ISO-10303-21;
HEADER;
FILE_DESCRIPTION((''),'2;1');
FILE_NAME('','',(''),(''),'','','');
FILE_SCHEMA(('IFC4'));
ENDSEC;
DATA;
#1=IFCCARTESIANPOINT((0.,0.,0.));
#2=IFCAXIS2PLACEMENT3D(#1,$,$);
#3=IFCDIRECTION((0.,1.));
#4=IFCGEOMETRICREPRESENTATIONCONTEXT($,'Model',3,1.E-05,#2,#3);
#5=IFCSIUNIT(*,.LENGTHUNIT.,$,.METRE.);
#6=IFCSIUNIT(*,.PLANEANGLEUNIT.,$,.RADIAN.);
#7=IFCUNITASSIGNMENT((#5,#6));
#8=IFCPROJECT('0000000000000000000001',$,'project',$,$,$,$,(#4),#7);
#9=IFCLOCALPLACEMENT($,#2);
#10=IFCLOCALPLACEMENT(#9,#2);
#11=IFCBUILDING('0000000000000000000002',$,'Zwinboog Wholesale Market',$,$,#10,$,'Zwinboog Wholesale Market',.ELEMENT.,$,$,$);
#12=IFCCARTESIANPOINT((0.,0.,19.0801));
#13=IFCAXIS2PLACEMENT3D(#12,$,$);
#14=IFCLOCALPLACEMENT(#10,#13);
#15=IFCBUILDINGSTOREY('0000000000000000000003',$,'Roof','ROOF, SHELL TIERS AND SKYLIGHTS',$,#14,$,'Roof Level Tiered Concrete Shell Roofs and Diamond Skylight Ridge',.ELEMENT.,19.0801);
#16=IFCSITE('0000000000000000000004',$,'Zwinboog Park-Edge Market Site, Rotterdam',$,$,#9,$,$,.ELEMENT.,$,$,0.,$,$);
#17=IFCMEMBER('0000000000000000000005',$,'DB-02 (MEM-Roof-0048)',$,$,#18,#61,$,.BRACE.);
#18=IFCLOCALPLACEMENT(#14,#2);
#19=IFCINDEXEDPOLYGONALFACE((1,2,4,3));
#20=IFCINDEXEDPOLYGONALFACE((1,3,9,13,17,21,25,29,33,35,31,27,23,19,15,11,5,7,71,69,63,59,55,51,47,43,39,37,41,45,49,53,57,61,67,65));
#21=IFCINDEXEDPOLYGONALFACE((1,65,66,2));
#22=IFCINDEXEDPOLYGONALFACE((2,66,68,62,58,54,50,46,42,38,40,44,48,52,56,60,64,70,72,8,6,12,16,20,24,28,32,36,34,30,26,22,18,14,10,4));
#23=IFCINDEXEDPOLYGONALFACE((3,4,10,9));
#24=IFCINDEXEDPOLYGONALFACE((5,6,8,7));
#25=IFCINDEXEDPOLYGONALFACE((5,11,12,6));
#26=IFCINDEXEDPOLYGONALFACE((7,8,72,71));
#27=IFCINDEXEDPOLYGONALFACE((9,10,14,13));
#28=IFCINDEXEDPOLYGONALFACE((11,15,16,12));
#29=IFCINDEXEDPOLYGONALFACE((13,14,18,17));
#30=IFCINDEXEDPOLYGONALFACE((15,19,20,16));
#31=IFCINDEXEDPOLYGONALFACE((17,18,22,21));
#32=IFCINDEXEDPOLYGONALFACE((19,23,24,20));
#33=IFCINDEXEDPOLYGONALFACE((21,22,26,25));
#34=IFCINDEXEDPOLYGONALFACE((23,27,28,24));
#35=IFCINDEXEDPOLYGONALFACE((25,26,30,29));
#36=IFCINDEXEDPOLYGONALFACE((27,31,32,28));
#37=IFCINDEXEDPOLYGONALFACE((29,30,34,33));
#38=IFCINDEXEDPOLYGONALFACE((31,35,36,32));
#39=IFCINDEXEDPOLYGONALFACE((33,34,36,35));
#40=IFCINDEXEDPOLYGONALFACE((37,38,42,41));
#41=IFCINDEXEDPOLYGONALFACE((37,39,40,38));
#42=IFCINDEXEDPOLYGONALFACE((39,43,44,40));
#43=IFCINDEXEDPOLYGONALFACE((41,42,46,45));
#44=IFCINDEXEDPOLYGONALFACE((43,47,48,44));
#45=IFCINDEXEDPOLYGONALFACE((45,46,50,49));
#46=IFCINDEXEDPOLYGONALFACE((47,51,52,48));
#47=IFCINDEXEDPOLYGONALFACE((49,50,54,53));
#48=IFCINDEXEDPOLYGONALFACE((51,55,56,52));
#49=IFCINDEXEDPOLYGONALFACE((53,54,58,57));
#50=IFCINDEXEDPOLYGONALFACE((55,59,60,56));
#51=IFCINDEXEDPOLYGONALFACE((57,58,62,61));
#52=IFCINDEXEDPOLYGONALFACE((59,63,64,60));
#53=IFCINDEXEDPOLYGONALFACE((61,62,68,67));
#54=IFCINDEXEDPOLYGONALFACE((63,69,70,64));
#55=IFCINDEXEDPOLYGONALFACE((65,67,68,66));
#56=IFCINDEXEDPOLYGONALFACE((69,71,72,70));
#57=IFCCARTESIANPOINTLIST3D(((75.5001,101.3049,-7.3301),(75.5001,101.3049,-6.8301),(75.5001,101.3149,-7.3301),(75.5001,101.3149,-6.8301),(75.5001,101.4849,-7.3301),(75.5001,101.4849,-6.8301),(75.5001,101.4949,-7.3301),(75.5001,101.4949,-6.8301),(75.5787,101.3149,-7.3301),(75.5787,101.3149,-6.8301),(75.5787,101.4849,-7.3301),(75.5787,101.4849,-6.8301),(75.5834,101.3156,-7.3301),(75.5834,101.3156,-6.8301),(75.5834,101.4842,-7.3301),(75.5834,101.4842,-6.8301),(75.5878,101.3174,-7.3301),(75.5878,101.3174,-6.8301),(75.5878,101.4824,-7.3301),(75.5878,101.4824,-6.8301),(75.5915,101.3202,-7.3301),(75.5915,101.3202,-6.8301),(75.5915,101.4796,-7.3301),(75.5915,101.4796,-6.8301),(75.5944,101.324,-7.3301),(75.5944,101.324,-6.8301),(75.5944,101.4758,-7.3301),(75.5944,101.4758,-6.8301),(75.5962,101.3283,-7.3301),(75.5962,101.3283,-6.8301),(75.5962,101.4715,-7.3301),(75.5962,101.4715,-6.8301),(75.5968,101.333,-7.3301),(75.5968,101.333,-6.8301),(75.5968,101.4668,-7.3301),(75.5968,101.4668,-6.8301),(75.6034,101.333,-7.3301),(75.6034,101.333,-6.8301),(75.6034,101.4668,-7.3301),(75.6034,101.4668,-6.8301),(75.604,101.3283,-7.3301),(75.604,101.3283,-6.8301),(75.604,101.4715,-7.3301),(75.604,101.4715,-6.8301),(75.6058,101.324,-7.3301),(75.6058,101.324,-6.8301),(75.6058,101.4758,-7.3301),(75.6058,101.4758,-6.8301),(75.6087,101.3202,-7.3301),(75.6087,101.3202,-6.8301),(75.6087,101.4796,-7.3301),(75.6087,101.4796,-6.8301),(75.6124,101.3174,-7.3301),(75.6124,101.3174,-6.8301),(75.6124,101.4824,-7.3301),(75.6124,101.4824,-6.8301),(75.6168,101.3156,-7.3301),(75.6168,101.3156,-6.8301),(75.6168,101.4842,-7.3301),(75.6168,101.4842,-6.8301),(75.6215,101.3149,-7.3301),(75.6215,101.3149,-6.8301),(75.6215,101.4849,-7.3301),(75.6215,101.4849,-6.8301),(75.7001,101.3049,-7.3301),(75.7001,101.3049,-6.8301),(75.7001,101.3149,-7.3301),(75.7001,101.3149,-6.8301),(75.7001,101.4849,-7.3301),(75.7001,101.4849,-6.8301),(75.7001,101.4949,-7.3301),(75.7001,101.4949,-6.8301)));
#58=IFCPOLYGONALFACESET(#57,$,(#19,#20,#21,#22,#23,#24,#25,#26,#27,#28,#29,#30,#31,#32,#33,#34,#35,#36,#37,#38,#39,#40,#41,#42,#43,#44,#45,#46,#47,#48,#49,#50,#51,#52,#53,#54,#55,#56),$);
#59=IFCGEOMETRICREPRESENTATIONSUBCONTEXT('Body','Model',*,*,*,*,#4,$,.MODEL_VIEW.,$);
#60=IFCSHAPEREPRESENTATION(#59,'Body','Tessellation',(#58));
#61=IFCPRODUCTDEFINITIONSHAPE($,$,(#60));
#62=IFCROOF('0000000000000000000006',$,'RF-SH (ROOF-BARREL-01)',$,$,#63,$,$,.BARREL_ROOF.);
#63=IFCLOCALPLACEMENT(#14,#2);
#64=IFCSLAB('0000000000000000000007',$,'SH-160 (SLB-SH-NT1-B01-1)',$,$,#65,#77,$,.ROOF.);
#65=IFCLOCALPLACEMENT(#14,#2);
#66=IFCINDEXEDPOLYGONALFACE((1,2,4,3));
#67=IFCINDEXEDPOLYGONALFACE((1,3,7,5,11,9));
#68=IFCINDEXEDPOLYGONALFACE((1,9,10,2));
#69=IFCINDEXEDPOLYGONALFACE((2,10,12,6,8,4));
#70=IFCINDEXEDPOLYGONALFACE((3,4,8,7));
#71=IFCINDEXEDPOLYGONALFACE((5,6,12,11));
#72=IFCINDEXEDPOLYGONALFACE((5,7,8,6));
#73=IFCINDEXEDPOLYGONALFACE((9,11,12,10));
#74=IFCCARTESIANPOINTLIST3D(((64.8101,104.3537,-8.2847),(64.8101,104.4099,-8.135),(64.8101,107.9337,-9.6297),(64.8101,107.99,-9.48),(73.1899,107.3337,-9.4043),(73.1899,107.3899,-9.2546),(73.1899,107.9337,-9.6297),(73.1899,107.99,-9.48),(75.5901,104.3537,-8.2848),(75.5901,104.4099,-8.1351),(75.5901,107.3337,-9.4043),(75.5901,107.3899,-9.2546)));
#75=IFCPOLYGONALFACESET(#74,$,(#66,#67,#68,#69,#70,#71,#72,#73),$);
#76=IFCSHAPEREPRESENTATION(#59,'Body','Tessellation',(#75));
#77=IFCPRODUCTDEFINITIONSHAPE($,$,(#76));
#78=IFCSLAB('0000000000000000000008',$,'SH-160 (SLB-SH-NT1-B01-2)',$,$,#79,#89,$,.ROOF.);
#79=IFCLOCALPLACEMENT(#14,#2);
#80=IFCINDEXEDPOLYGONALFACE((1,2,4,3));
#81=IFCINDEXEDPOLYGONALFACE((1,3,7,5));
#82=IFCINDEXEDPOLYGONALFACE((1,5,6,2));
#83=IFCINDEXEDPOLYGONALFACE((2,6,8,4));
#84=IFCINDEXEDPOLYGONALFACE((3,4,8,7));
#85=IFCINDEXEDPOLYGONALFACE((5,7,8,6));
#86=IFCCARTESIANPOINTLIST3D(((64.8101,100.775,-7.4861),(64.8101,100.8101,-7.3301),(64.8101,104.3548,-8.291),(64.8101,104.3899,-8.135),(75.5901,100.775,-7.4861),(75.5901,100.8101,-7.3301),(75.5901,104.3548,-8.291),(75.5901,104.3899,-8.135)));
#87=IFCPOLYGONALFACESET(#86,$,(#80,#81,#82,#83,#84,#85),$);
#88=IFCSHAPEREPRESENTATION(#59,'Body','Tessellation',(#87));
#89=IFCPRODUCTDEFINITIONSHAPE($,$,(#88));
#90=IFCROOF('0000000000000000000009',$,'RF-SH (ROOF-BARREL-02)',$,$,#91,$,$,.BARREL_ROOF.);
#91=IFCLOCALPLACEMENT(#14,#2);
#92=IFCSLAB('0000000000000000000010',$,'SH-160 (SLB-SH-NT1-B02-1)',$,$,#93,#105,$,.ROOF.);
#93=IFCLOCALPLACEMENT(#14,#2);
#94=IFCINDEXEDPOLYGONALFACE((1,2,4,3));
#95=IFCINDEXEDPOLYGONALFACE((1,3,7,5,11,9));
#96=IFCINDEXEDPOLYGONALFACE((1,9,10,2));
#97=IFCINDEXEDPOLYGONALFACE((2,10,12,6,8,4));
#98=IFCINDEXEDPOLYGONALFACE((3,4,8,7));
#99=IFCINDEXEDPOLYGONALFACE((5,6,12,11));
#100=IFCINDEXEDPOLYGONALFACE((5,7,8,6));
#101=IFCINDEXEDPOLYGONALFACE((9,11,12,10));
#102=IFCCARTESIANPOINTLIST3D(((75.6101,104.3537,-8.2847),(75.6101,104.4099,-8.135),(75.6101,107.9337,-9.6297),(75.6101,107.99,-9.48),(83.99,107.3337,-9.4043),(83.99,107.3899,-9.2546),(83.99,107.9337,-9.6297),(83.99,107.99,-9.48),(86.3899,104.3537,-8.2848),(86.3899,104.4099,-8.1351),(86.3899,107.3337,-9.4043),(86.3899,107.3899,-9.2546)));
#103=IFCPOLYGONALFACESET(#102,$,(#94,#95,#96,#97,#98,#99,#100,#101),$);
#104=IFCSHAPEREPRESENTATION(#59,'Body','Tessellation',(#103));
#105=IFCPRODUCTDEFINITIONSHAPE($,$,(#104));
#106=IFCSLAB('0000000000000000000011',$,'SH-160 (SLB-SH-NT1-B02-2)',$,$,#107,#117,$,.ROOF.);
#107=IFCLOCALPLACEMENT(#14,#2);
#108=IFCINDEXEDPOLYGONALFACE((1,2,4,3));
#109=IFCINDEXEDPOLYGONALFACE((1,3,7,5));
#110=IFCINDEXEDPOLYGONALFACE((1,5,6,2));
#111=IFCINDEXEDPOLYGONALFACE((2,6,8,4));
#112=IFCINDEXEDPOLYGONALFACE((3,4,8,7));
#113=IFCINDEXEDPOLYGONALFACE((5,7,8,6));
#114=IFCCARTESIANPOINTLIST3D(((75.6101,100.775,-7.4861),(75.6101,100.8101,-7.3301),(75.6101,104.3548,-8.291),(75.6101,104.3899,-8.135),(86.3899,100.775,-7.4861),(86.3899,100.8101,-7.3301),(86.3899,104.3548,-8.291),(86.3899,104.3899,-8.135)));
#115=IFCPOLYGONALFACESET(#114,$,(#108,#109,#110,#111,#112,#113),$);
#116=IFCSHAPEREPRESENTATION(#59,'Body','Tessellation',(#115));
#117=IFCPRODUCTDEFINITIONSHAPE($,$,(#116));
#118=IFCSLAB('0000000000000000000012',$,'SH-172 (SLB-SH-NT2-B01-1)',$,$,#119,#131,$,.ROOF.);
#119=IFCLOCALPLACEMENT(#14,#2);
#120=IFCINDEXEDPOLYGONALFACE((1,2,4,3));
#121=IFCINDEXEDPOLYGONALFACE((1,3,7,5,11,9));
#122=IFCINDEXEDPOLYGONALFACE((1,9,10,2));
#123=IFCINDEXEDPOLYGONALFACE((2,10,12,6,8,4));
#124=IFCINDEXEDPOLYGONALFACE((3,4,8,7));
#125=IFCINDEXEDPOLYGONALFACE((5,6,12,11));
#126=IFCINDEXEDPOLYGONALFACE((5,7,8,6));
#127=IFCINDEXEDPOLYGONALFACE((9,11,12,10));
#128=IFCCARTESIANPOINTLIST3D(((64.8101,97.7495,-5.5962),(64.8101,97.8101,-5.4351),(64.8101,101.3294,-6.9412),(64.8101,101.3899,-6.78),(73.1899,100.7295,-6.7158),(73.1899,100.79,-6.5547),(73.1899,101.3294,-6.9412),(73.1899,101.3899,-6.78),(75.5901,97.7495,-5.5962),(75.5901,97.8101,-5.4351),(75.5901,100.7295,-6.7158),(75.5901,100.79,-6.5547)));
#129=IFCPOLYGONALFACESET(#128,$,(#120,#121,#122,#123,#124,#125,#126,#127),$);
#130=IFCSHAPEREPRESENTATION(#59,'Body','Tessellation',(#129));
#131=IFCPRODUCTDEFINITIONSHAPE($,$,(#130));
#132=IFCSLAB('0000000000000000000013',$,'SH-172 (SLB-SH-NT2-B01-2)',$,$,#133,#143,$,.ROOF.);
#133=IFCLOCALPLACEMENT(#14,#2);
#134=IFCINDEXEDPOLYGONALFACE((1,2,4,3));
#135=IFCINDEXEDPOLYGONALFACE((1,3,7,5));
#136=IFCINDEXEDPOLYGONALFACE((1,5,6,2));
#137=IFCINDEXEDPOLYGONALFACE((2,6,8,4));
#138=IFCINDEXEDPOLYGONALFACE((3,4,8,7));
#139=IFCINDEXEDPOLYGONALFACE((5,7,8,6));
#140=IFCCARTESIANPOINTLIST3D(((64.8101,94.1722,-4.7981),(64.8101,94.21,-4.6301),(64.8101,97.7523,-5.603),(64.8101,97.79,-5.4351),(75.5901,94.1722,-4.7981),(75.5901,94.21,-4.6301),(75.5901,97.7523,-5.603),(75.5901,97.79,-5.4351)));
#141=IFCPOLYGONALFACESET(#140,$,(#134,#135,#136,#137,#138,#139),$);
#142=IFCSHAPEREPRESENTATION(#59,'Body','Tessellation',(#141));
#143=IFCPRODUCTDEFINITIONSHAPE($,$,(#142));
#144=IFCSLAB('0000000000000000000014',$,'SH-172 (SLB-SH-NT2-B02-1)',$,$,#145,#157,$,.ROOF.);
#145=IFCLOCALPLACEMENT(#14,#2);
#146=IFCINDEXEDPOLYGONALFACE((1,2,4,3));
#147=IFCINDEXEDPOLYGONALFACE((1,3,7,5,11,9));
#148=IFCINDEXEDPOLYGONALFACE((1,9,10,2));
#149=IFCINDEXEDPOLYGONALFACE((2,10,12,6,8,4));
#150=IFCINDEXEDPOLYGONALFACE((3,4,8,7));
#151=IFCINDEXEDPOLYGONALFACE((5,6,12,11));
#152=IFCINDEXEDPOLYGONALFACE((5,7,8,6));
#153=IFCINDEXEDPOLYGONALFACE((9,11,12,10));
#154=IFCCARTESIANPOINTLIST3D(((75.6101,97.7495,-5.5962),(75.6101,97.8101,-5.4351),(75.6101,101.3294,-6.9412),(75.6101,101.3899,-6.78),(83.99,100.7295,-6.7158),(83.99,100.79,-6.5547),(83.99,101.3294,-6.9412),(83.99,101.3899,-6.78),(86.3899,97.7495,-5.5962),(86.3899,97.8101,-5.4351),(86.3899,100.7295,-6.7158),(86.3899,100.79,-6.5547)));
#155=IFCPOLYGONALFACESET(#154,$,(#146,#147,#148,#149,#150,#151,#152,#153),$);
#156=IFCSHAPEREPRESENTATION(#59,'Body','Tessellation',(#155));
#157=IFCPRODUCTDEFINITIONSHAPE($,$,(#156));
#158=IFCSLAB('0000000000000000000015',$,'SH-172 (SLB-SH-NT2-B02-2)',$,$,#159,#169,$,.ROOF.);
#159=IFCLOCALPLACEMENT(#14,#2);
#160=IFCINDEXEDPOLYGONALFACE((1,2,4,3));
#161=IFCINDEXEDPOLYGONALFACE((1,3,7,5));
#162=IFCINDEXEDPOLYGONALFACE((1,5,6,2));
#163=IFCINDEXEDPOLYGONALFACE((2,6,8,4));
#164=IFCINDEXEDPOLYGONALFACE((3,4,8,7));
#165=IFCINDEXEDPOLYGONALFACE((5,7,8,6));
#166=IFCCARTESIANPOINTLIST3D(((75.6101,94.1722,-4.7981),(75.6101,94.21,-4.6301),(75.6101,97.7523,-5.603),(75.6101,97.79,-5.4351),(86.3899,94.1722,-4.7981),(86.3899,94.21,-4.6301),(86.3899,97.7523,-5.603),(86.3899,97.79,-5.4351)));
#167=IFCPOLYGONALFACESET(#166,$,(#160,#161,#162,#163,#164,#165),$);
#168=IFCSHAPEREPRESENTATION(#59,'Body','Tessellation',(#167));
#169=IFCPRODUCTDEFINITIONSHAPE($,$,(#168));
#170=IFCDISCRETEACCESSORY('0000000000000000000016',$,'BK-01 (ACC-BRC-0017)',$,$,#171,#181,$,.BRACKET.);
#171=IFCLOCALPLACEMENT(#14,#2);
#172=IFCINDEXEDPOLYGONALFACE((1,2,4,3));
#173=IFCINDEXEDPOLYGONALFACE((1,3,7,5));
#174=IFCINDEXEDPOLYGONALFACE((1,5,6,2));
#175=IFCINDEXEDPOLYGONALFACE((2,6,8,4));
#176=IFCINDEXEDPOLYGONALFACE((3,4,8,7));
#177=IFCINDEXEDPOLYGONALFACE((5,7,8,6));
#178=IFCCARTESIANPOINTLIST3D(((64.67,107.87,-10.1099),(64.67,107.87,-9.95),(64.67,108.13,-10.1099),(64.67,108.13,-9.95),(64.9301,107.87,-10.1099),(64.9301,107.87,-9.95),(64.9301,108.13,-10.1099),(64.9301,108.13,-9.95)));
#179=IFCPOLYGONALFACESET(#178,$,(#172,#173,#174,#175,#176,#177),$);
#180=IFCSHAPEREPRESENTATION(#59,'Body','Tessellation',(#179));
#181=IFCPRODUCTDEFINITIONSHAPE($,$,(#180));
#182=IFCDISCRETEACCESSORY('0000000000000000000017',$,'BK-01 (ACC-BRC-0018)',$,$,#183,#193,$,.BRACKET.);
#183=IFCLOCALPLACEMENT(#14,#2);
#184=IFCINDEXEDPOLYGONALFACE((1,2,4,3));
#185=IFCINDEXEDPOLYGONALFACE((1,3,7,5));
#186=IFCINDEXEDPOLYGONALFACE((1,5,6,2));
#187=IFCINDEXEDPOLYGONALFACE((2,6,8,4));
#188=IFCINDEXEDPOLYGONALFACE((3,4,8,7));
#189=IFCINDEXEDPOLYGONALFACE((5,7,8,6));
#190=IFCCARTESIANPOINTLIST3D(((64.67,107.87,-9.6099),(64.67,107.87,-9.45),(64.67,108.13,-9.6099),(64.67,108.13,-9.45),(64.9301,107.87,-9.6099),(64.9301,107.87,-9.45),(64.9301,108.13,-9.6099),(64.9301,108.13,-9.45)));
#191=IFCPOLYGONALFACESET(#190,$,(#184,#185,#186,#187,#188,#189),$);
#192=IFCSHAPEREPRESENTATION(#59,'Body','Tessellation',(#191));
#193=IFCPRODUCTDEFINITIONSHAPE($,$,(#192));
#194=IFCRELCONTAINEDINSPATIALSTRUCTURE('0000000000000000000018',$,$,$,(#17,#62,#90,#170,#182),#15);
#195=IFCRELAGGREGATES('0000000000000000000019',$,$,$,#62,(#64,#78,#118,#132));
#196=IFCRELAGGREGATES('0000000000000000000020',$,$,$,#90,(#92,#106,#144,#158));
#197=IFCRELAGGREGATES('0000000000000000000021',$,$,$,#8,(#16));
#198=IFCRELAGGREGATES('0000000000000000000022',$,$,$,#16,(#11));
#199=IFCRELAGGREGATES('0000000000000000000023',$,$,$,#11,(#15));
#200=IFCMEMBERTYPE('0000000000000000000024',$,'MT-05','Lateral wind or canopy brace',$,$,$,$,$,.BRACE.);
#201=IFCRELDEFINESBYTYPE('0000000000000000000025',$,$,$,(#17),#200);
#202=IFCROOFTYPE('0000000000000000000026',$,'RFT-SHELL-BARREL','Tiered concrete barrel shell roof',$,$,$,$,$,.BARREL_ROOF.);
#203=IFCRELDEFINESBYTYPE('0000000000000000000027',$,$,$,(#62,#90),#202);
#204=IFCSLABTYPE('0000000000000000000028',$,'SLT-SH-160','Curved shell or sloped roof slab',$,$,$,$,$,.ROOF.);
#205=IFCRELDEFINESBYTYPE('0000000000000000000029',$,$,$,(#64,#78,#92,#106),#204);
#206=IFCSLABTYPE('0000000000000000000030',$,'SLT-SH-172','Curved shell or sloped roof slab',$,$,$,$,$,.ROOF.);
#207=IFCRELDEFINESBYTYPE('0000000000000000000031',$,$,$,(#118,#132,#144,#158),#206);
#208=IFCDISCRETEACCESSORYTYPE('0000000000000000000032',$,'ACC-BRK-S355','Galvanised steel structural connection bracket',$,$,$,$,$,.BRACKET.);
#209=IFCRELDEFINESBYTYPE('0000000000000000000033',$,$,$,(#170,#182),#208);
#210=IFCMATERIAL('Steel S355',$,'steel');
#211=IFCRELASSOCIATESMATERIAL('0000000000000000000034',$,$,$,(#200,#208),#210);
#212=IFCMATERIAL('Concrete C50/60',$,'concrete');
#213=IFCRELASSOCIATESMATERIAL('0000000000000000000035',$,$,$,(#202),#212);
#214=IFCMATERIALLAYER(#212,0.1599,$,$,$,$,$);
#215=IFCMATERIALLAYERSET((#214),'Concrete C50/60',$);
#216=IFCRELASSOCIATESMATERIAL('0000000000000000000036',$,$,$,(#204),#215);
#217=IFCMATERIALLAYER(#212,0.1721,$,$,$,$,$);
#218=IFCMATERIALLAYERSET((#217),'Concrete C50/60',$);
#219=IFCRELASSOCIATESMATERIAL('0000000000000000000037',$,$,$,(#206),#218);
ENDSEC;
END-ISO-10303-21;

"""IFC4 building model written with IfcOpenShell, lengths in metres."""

from ifc_helpers import new_model, si_unit, direction, frame, origin, origin_2d, place, context, subcontext, project, spatial, polyline, rectangle, i_section, outline, extrude, material, layer, layer_set, material_profile, profile_set, type_object, element, aggregate, save


model = new_model("IFC4")

# Units and contexts
model_context = context("Model", 3, precision=1e-05, world=origin(), true_north=direction((0.0, 1.0)))
body_context = subcontext(model_context, "Body", "Model", "MODEL_VIEW")
ifc_project = project(units=[si_unit("LENGTHUNIT", "METRE"), si_unit("PLANEANGLEUNIT", "RADIAN")], contexts=[model_context])

# Site, building, storey
site_placement = place(None, origin())
site = spatial("IfcSite", under=ifc_project, at=site_placement, Name="Zwinboog Park-Edge Market Site, Rotterdam", CompositionType="ELEMENT", RefElevation=0.0)
building_placement = place(site_placement, origin())
building = spatial("IfcBuilding", under=site, at=building_placement, Name="Zwinboog Wholesale Market", LongName="Zwinboog Wholesale Market", CompositionType="ELEMENT")
storey_placement = place(building_placement, frame((0.0, 0.0, 19.0801)))
storey = spatial("IfcBuildingStorey", under=building, at=storey_placement, Name="Roof", Description="ROOF, SHELL TIERS AND SKYLIGHTS", LongName="Roof Level Tiered Concrete Shell Roofs and Diamond Skylight Ridge", CompositionType="ELEMENT", Elevation=19.0801)

# Member
ifc_material_1 = material(Name="Steel S355", Category="steel")
ifc_material_profile_1 = material_profile(ifc_material_1, i_section(OverallWidth=0.2, OverallDepth=0.1899, WebThickness=0.0066, FlangeThickness=0.01, FilletRadius=0.0181, at=origin_2d()), Name="HEA 200")
ifc_profile_set_1 = profile_set([ifc_material_profile_1], Name="Steel S355")
member_type_1 = type_object("IfcMemberType", Name="MT-05", Description="Lateral wind or canopy brace", PredefinedType="BRACE", material=ifc_profile_set_1)
for number, where, z_axis, x_axis, name in (
    (1, (75.6001, 101.3999, -7.3301), (0.0, 0.0, 1.0), (1.0, 0.0, 0.0), "DB-02 (MEM-Roof-0048)"),
):
    element("IfcMember", number, at=place(storey_placement, frame(where, z_axis=z_axis, x_axis=x_axis)), inside=storey, type_object=member_type_1, Name=name, PredefinedType="BRACE", context=body_context, shape_type="SweptSolid", body=[
        extrude(i_section(OverallWidth=0.2, OverallDepth=0.1899, WebThickness=0.0066, FlangeThickness=0.01, FilletRadius=0.0181, at=origin_2d()), origin(), (0.0, 0.0, 1.0), 0.5),
    ])

# Roofs, slabs
ifc_material_2 = material(Name="Concrete C50/60", Category="concrete")
roof_type = type_object("IfcRoofType", Name="RFT-SHELL-BARREL", Description="Tiered concrete barrel shell roof", PredefinedType="BARREL_ROOF", material=ifc_material_2)
roof_1_placement = place(storey_placement, origin())
roof_1 = element("IfcRoof", 2, at=roof_1_placement, inside=storey, type_object=roof_type, Name="RF-SH (ROOF-BARREL-01)", PredefinedType="BARREL_ROOF")
ifc_layer_1 = layer(ifc_material_2, 0.1599)
ifc_layer_set_1 = layer_set([ifc_layer_1], Name="Concrete C50/60")
slab_type_1 = type_object("IfcSlabType", Name="SLT-SH-160", Description="Curved shell or sloped roof slab", PredefinedType="ROOF", material=ifc_layer_set_1)
slab_1_placement = place(storey_placement, frame((64.8101, 104.4099, -8.135), z_axis=(0.000005, 0.351689, 0.936117), x_axis=(1.0, -0.000002, -0.000004)))
slab_1 = element("IfcSlab", 3, at=slab_1_placement, type_object=slab_type_1, Name="SH-160 (SLB-SH-NT1-B01-1)", PredefinedType="ROOF", context=body_context, shape_type="SweptSolid", body=[
    extrude(outline(polyline([(0.0, 0.0), (10.78, 0.0), (10.78, 3.1834), (8.3799, 3.1834), (8.3799, 3.8244), (0.0, 3.8244), (0.0, 0.0)])), origin(), (0.0, 0.0, -1.0), 0.1599),
])
slab_2_placement = place(storey_placement, frame((64.8101, 100.8101, -7.3301), z_axis=(0.0, 0.219374, 0.975641), x_axis=(1.0, 0.0, 0.0)))
slab_2 = element("IfcSlab", 4, at=slab_2_placement, type_object=slab_type_1, Name="SH-160 (SLB-SH-NT1-B01-2)", PredefinedType="ROOF", context=body_context, shape_type="SweptSolid", body=[
    extrude(outline(polyline([(0.0, 0.0), (10.78, 0.0), (10.78, 3.6692), (0.0, 3.6692), (0.0, 0.0)])), origin(), (0.0, 0.0, -1.0), 0.1599),
])
roof_2_placement = place(storey_placement, origin())
roof_2 = element("IfcRoof", 5, at=roof_2_placement, inside=storey, type_object=roof_type, Name="RF-SH (ROOF-BARREL-02)", PredefinedType="BARREL_ROOF")
slab_3_placement = place(storey_placement, frame((75.6101, 104.4099, -8.135), z_axis=(0.000005, 0.351689, 0.936117), x_axis=(1.0, -0.000002, -0.000004)))
slab_3 = element("IfcSlab", 6, at=slab_3_placement, type_object=slab_type_1, Name="SH-160 (SLB-SH-NT1-B02-1)", PredefinedType="ROOF", context=body_context, shape_type="SweptSolid", body=[
    extrude(outline(polyline([(0.0, 0.0), (10.7798, 0.0), (10.7798, 3.1834), (8.3799, 3.1834), (8.3799, 3.8244), (0.0, 3.8244), (0.0, 0.0)])), origin(), (0.0, 0.0, -1.0), 0.1599),
])
slab_4_placement = place(storey_placement, frame((75.6101, 100.8101, -7.3301), z_axis=(0.0, 0.219374, 0.975641), x_axis=(1.0, 0.0, 0.0)))
slab_4 = element("IfcSlab", 7, at=slab_4_placement, type_object=slab_type_1, Name="SH-160 (SLB-SH-NT1-B02-2)", PredefinedType="ROOF", context=body_context, shape_type="SweptSolid", body=[
    extrude(outline(polyline([(0.0, 0.0), (10.7798, 0.0), (10.7798, 3.6692), (0.0, 3.6692), (0.0, 0.0)])), origin(), (0.0, 0.0, -1.0), 0.1599),
])

# Slabs
ifc_layer_2 = layer(ifc_material_2, 0.1721)
ifc_layer_set_2 = layer_set([ifc_layer_2], Name="Concrete C50/60")
slab_type_2 = type_object("IfcSlabType", Name="SLT-SH-172", Description="Curved shell or sloped roof slab", PredefinedType="ROOF", material=ifc_layer_set_2)
slab_5_placement = place(storey_placement, frame((64.8101, 97.8101, -5.4351), z_axis=(0.000001, 0.351706, 0.936111), x_axis=(1.0, 0.0, -0.000001)))
slab_5 = element("IfcSlab", 8, at=slab_5_placement, type_object=slab_type_2, Name="SH-172 (SLB-SH-NT2-B01-1)", PredefinedType="ROOF", context=body_context, shape_type="SweptSolid", body=[
    extrude(outline(polyline([(0.0, 0.0), (10.78, 0.0), (10.78, 3.1834), (8.3799, 3.1834), (8.3799, 3.8242), (0.0, 3.8242), (0.0, 0.0)])), origin(), (0.0, 0.0, -1.0), 0.1721),
])
slab_6_placement = place(storey_placement, frame((64.8101, 94.21, -4.6301), z_axis=(0.0, 0.21936, 0.975644), x_axis=(1.0, 0.0, 0.0)))
slab_6 = element("IfcSlab", 9, at=slab_6_placement, type_object=slab_type_2, Name="SH-172 (SLB-SH-NT2-B01-2)", PredefinedType="ROOF", context=body_context, shape_type="SweptSolid", body=[
    extrude(outline(polyline([(0.0, 0.0), (10.78, 0.0), (10.78, 3.6695), (0.0, 3.6695), (0.0, 0.0)])), origin(), (0.0, 0.0, -1.0), 0.1721),
])
aggregate(roof_1, [slab_1, slab_2, slab_5, slab_6])
slab_7_placement = place(storey_placement, frame((75.6101, 97.8101, -5.4351), z_axis=(0.000001, 0.351706, 0.936111), x_axis=(1.0, 0.0, -0.000001)))
slab_7 = element("IfcSlab", 10, at=slab_7_placement, type_object=slab_type_2, Name="SH-172 (SLB-SH-NT2-B02-1)", PredefinedType="ROOF", context=body_context, shape_type="SweptSolid", body=[
    extrude(outline(polyline([(0.0, 0.0), (10.7798, 0.0), (10.7798, 3.1834), (8.3799, 3.1834), (8.3799, 3.8242), (0.0, 3.8242), (0.0, 0.0)])), origin(), (0.0, 0.0, -1.0), 0.1721),
])
slab_8_placement = place(storey_placement, frame((75.6101, 94.21, -4.6301), z_axis=(0.0, 0.21936, 0.975644), x_axis=(1.0, 0.0, 0.0)))
slab_8 = element("IfcSlab", 11, at=slab_8_placement, type_object=slab_type_2, Name="SH-172 (SLB-SH-NT2-B02-2)", PredefinedType="ROOF", context=body_context, shape_type="SweptSolid", body=[
    extrude(outline(polyline([(0.0, 0.0), (10.7798, 0.0), (10.7798, 3.6695), (0.0, 3.6695), (0.0, 0.0)])), origin(), (0.0, 0.0, -1.0), 0.1721),
])
aggregate(roof_2, [slab_3, slab_4, slab_7, slab_8])

# Discrete accessories
discrete_accessory_type = type_object("IfcDiscreteAccessoryType", Name="ACC-BRK-S355", Description="Galvanised steel structural connection bracket", PredefinedType="BRACKET", material=ifc_material_1)
for number, where, z_axis, x_axis, name in (
    (12, (64.8, 108.0, -10.1099), (0.0, 0.0, 1.0), (1.0, 0.0, 0.0), "BK-01 (ACC-BRC-0017)"),
    (13, (64.8, 108.0, -9.6099), (0.0, 0.0, 1.0), (1.0, 0.0, 0.0), "BK-01 (ACC-BRC-0018)"),
):
    element("IfcDiscreteAccessory", number, at=place(storey_placement, frame(where, z_axis=z_axis, x_axis=x_axis)), inside=storey, type_object=discrete_accessory_type, Name=name, PredefinedType="BRACKET", context=body_context, shape_type="SweptSolid", body=[
        extrude(rectangle(XDim=0.26, YDim=0.26, at=origin_2d()), origin(), (0.0, 0.0, 1.0), 0.1599),
    ])

save(model, "model.ifc")
